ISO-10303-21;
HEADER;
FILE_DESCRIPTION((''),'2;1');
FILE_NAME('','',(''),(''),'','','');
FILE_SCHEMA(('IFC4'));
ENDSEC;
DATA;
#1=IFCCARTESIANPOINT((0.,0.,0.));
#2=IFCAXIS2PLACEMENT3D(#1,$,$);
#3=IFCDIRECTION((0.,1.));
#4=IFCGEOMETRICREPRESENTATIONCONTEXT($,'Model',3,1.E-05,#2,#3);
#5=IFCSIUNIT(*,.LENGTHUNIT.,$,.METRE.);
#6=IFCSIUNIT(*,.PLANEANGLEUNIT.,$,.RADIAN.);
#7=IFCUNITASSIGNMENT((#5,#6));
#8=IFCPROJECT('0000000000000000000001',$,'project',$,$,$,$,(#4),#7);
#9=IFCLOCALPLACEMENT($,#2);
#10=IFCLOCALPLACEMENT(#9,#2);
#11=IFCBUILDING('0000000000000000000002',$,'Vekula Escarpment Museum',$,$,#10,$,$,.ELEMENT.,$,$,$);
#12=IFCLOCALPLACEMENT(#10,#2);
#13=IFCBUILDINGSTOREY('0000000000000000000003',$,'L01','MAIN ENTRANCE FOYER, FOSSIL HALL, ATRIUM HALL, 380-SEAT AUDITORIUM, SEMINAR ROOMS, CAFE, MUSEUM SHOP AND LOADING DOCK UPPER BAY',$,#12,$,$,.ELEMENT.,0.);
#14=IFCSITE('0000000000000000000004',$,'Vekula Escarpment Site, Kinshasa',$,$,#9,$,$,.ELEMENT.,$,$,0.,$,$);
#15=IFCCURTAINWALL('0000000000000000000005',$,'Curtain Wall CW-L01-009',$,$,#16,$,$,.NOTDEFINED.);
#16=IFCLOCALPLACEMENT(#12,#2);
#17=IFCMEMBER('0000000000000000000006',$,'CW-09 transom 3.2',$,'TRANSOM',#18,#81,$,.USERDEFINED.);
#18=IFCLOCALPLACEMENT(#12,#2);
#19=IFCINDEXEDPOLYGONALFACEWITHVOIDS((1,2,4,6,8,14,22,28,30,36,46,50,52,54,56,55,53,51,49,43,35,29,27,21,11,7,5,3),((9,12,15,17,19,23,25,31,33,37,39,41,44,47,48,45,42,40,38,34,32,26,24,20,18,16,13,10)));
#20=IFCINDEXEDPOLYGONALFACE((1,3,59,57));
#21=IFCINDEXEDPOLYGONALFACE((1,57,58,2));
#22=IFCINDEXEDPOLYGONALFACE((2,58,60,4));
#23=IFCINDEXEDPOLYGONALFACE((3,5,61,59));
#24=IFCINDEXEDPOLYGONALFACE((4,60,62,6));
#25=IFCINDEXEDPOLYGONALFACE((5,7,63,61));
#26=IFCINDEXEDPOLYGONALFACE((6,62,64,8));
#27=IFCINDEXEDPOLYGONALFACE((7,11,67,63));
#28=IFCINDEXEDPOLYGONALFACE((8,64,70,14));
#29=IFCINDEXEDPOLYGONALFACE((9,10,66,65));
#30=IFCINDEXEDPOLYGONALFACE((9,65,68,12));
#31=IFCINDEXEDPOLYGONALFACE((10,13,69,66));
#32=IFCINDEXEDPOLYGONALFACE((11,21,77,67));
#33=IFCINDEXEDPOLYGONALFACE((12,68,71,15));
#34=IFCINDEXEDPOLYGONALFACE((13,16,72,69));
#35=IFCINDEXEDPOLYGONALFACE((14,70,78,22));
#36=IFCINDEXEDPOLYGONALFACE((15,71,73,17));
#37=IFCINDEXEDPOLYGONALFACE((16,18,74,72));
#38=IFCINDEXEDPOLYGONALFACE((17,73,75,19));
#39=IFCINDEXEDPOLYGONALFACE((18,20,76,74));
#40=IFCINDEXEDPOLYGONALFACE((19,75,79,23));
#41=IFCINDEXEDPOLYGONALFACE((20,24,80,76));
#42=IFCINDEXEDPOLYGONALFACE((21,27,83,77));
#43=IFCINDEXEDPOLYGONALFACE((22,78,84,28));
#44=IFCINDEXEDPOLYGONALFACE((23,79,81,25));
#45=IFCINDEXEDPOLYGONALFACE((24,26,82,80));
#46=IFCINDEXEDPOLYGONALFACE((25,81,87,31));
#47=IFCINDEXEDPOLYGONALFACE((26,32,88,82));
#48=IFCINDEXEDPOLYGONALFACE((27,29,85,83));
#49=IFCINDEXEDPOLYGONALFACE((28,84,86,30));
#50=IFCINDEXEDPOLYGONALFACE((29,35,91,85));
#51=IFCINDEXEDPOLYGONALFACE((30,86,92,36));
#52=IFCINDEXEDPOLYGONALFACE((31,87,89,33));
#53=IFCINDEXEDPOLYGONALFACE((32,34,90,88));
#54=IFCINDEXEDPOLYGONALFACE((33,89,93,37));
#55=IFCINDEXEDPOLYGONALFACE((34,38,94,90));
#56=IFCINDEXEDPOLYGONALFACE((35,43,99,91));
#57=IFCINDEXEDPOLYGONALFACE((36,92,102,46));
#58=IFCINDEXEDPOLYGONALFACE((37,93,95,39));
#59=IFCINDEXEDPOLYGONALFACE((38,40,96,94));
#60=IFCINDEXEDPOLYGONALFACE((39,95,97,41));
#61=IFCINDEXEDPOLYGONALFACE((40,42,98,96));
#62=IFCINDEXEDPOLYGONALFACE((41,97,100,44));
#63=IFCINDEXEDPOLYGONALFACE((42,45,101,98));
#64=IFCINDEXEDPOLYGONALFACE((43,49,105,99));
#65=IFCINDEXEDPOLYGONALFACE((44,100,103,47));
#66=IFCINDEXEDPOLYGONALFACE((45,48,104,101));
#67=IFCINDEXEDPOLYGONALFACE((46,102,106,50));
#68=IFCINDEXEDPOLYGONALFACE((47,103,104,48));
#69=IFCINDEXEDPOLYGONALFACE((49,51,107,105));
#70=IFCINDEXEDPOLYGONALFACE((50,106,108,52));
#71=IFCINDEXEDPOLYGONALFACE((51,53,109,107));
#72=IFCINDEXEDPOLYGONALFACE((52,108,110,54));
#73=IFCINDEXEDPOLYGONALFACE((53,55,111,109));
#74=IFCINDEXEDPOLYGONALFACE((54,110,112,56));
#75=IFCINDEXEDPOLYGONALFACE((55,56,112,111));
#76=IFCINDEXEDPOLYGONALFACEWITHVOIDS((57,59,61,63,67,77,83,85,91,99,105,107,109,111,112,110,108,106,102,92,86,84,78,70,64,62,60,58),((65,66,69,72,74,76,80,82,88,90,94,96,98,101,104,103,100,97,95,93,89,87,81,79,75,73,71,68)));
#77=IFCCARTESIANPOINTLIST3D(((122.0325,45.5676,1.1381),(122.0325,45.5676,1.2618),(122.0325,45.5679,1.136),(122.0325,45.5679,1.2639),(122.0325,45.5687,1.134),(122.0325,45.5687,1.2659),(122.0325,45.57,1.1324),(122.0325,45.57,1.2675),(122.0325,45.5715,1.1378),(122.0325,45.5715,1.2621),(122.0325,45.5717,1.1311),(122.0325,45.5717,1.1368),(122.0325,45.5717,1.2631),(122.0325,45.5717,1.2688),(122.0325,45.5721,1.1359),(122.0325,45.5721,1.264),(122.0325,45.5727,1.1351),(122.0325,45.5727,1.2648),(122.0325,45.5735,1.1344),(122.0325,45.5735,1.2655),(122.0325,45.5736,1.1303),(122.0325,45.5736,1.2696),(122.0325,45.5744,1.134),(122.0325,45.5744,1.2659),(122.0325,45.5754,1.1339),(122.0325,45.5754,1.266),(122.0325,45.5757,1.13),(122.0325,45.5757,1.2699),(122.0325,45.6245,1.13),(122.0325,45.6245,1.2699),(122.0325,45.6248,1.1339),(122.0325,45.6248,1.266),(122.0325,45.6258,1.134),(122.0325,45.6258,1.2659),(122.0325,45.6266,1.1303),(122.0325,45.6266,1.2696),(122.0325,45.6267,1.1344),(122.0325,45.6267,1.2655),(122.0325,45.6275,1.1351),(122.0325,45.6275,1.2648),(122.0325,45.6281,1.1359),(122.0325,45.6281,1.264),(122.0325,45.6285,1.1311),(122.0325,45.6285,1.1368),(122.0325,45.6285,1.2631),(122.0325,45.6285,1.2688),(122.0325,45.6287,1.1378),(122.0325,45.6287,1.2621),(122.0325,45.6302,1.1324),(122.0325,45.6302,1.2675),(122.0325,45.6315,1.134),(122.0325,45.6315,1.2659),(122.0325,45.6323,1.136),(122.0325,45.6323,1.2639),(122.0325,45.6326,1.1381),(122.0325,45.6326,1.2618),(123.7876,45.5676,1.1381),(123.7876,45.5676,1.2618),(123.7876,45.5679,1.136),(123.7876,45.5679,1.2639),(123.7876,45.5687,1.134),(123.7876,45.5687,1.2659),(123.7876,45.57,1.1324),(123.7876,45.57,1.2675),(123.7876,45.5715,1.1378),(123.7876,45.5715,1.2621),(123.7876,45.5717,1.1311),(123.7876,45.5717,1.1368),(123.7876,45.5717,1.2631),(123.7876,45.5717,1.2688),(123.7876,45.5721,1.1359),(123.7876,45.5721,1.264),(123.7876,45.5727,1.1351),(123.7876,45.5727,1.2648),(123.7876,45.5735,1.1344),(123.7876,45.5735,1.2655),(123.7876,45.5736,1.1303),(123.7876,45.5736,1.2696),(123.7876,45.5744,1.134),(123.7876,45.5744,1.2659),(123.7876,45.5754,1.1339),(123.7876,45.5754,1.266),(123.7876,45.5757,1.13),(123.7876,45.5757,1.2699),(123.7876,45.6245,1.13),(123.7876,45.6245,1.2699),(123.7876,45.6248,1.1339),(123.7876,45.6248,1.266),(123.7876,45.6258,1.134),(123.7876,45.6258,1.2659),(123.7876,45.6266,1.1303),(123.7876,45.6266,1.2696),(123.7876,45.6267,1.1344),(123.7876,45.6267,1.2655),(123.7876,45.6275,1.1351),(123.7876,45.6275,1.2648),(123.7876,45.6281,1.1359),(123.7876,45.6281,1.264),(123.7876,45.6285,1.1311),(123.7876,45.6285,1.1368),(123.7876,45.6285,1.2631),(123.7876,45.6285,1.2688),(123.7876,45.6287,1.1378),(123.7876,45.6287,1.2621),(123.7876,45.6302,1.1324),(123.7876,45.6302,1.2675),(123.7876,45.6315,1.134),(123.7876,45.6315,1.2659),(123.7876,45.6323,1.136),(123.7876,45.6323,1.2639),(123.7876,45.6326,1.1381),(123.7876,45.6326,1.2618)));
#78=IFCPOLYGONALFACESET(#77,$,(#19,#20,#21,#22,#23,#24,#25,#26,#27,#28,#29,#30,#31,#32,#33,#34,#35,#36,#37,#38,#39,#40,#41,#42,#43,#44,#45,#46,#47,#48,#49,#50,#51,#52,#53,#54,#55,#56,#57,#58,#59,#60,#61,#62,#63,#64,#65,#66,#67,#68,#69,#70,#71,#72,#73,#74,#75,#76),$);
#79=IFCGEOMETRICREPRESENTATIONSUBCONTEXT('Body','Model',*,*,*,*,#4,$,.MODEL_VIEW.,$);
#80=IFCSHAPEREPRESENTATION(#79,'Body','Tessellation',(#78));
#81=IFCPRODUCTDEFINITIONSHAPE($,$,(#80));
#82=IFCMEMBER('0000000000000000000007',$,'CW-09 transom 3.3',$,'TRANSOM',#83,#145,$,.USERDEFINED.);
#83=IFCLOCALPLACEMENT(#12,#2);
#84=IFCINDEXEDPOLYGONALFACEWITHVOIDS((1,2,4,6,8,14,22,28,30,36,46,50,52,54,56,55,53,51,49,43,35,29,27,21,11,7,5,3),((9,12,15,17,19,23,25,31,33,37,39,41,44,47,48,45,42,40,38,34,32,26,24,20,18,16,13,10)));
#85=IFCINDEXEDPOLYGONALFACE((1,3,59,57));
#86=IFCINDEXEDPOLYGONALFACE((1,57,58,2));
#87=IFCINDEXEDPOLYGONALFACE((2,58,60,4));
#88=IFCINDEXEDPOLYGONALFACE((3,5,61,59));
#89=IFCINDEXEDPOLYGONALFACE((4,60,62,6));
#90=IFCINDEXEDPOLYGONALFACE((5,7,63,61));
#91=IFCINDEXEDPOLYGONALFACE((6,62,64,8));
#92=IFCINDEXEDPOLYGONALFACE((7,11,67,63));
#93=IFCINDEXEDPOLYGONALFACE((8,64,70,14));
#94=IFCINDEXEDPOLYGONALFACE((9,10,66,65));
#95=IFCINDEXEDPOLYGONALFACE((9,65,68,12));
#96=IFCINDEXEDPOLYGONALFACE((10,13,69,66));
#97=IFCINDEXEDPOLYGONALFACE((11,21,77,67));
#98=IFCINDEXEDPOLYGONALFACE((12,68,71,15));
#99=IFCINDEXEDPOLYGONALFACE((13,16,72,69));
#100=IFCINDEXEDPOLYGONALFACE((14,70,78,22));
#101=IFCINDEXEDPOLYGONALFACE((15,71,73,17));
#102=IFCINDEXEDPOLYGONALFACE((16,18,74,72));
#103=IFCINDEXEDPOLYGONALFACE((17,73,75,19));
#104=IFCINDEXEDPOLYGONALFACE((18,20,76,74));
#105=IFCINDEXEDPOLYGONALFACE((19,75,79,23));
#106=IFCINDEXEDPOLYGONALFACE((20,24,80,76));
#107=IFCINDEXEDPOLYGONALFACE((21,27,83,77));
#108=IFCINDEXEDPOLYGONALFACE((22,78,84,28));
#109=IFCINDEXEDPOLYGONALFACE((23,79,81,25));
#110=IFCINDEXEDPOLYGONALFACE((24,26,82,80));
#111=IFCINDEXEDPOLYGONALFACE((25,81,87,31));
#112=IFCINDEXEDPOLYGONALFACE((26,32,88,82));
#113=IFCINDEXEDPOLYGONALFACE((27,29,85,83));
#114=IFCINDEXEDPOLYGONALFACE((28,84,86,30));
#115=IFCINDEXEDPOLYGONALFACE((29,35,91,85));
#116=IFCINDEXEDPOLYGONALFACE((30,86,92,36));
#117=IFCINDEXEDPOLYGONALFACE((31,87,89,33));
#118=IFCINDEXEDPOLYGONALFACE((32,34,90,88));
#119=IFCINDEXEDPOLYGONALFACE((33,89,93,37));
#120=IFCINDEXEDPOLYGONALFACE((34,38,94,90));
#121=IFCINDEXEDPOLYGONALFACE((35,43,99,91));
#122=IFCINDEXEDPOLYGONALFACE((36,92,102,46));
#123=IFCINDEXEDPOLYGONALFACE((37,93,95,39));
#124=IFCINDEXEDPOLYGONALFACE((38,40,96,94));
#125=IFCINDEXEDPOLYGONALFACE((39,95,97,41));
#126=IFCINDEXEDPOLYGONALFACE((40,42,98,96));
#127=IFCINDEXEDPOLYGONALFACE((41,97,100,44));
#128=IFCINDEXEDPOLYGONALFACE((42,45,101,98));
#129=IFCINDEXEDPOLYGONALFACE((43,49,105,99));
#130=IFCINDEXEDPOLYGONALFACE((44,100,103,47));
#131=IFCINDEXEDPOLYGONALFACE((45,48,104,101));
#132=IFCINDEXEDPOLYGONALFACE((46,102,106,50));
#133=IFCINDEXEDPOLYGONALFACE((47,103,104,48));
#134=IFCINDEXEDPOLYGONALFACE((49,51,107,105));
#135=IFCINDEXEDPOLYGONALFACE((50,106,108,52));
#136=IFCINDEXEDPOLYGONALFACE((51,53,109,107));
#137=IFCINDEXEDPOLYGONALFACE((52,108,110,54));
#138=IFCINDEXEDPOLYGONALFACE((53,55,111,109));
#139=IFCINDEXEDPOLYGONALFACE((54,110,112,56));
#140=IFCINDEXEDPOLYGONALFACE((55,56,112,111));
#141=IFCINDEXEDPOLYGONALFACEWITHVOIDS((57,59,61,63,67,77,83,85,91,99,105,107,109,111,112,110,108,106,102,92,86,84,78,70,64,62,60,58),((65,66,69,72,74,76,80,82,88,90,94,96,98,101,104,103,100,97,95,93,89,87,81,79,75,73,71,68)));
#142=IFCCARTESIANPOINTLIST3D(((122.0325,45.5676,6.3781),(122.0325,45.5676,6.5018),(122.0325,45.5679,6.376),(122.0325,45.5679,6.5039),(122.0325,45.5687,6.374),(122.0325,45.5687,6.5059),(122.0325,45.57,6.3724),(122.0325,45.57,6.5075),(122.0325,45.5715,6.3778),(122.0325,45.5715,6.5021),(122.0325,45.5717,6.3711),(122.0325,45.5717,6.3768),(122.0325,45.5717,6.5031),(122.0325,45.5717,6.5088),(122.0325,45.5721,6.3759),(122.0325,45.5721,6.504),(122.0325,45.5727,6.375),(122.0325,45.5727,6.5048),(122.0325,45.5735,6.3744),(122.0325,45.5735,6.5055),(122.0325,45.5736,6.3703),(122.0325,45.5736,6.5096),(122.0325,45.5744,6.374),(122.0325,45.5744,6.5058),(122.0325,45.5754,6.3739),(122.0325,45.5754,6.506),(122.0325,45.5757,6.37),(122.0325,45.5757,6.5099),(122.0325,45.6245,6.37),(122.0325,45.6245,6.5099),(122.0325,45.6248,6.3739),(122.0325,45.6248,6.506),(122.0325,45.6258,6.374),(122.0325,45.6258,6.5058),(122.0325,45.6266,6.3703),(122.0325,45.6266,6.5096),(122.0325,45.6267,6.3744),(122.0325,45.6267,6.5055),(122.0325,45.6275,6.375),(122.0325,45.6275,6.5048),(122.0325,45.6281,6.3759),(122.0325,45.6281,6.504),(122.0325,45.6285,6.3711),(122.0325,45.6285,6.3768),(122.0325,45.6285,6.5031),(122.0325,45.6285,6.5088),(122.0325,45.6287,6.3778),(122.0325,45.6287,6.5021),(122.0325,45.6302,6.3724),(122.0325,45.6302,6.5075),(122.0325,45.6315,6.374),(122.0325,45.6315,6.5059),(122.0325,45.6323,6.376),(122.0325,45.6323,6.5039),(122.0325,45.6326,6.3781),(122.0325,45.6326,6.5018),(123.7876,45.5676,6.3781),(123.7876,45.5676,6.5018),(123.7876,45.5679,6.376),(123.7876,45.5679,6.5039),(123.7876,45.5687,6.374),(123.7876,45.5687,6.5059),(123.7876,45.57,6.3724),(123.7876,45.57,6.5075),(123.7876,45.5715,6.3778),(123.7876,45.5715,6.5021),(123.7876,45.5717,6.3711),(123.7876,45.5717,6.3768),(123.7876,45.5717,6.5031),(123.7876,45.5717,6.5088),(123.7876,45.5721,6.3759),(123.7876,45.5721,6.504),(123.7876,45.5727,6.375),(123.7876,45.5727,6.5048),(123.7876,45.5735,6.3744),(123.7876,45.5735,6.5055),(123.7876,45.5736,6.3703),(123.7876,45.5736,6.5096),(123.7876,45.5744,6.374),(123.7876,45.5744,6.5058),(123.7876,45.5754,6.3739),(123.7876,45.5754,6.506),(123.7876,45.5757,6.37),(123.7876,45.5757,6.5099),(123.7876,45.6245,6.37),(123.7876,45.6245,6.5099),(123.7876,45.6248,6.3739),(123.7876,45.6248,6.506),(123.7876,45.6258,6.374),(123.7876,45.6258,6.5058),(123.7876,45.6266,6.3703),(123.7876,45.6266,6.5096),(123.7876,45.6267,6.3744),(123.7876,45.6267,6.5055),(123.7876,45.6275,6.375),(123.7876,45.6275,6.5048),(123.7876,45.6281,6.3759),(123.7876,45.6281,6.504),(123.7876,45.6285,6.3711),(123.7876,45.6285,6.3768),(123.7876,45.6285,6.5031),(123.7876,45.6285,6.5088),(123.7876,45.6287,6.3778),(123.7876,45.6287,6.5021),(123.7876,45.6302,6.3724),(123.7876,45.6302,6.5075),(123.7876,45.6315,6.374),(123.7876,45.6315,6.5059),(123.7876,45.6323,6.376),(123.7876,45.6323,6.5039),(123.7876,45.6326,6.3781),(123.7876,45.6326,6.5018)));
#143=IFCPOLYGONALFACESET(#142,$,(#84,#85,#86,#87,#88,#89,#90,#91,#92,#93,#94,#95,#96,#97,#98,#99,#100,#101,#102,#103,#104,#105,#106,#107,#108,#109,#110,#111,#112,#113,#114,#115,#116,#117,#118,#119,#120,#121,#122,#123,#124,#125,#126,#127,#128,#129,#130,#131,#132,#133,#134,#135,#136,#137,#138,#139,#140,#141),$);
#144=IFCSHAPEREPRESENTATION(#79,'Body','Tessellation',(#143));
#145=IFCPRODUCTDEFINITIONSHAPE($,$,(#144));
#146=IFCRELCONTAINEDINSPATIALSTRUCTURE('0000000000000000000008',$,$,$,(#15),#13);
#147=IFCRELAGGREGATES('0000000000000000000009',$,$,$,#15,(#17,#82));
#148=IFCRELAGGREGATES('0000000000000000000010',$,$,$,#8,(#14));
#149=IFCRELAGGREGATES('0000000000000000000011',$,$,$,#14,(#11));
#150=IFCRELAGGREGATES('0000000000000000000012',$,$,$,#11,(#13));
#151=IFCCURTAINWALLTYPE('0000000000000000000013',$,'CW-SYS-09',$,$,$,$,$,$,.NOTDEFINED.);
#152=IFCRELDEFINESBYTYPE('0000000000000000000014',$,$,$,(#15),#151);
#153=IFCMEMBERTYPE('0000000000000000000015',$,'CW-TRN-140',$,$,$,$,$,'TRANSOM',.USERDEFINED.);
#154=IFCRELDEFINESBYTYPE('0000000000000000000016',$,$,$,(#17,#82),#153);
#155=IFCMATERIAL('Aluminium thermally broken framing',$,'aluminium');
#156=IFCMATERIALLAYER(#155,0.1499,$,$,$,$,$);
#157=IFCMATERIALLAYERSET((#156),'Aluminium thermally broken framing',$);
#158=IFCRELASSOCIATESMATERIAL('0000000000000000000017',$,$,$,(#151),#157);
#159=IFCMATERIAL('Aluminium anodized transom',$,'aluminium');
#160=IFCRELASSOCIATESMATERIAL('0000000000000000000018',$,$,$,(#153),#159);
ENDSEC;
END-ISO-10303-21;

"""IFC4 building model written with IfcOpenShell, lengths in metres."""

from ifc_helpers import new_model, si_unit, direction, frame, origin, origin_2d, place, context, subcontext, project, spatial, hollow_rectangle, extrude, material, layer, layer_set, material_profile, profile_set, type_object, element, aggregate, save


model = new_model("IFC4")

# Units and contexts
model_context = context("Model", 3, precision=1e-05, world=origin(), true_north=direction((0.0, 1.0)))
body_context = subcontext(model_context, "Body", "Model", "MODEL_VIEW")
ifc_project = project(units=[si_unit("LENGTHUNIT", "METRE"), si_unit("PLANEANGLEUNIT", "RADIAN")], contexts=[model_context])

# Site, building, storey
site_placement = place(None, origin())
site = spatial("IfcSite", under=ifc_project, at=site_placement, Name="Vekula Escarpment Site, Kinshasa", CompositionType="ELEMENT", RefElevation=0.0)
building_placement = place(site_placement, origin())
building = spatial("IfcBuilding", under=site, at=building_placement, Name="Vekula Escarpment Museum", CompositionType="ELEMENT")
storey_placement = place(building_placement, origin())
storey = spatial("IfcBuildingStorey", under=building, at=storey_placement, Name="L01", Description="MAIN ENTRANCE FOYER, FOSSIL HALL, ATRIUM HALL, 380-SEAT AUDITORIUM, SEMINAR ROOMS, CAFE, MUSEUM SHOP AND LOADING DOCK UPPER BAY", CompositionType="ELEMENT", Elevation=0.0)

# Curtain wall, members
ifc_material_1 = material(Name="Aluminium thermally broken framing", Category="aluminium")
ifc_layer_1 = layer(ifc_material_1, 0.1499)
ifc_layer_set_1 = layer_set([ifc_layer_1], Name="Aluminium thermally broken framing")
curtain_wall_type = type_object("IfcCurtainWallType", Name="CW-SYS-09", PredefinedType="NOTDEFINED", material=ifc_layer_set_1)
curtain_wall_placement = place(storey_placement, origin())
curtain_wall = element("IfcCurtainWall", 1, at=curtain_wall_placement, inside=storey, type_object=curtain_wall_type, Name="Curtain Wall CW-L01-009", PredefinedType="NOTDEFINED")
ifc_material_2 = material(Name="Aluminium anodized transom", Category="aluminium")
ifc_material_profile_1 = material_profile(ifc_material_2, hollow_rectangle(XDim=0.0649, YDim=0.1399, WallThickness=0.0039, InnerFilletRadius=0.0039, OuterFilletRadius=0.0081, at=origin_2d()), Name="ALU 140x65x4")
ifc_profile_set_1 = profile_set([ifc_material_profile_1], Name="Aluminium anodized transom")
member_type_1 = type_object("IfcMemberType", Name="CW-TRN-140", ElementType="TRANSOM", PredefinedType="USERDEFINED", material=ifc_profile_set_1)
member_1_placement = place(storey_placement, frame((122.0325, 45.6001, 1.2), z_axis=(1.0, 0.0, 0.0), x_axis=(0.0, 1.0, 0.0)))
member_1 = element("IfcMember", 2, at=member_1_placement, type_object=member_type_1, Name="CW-09 transom 3.2", ObjectType="TRANSOM", PredefinedType="USERDEFINED", context=body_context, shape_type="SweptSolid", body=[
    extrude(hollow_rectangle(XDim=0.0649, YDim=0.1399, WallThickness=0.0039, InnerFilletRadius=0.0039, OuterFilletRadius=0.0081, at=origin_2d()), origin(), (0.0, 0.0, 1.0), 1.7551),
])
member_2_placement = place(storey_placement, frame((122.0325, 45.6001, 6.4399), z_axis=(1.0, 0.0, 0.0), x_axis=(0.0, 1.0, 0.0)))
member_2 = element("IfcMember", 3, at=member_2_placement, type_object=member_type_1, Name="CW-09 transom 3.3", ObjectType="TRANSOM", PredefinedType="USERDEFINED", context=body_context, shape_type="SweptSolid", body=[
    extrude(hollow_rectangle(XDim=0.0649, YDim=0.1399, WallThickness=0.0039, InnerFilletRadius=0.0039, OuterFilletRadius=0.0081, at=origin_2d()), origin(), (0.0, 0.0, 1.0), 1.7551),
])

aggregate(curtain_wall, [member_1, member_2])

save(model, "model.ifc")
